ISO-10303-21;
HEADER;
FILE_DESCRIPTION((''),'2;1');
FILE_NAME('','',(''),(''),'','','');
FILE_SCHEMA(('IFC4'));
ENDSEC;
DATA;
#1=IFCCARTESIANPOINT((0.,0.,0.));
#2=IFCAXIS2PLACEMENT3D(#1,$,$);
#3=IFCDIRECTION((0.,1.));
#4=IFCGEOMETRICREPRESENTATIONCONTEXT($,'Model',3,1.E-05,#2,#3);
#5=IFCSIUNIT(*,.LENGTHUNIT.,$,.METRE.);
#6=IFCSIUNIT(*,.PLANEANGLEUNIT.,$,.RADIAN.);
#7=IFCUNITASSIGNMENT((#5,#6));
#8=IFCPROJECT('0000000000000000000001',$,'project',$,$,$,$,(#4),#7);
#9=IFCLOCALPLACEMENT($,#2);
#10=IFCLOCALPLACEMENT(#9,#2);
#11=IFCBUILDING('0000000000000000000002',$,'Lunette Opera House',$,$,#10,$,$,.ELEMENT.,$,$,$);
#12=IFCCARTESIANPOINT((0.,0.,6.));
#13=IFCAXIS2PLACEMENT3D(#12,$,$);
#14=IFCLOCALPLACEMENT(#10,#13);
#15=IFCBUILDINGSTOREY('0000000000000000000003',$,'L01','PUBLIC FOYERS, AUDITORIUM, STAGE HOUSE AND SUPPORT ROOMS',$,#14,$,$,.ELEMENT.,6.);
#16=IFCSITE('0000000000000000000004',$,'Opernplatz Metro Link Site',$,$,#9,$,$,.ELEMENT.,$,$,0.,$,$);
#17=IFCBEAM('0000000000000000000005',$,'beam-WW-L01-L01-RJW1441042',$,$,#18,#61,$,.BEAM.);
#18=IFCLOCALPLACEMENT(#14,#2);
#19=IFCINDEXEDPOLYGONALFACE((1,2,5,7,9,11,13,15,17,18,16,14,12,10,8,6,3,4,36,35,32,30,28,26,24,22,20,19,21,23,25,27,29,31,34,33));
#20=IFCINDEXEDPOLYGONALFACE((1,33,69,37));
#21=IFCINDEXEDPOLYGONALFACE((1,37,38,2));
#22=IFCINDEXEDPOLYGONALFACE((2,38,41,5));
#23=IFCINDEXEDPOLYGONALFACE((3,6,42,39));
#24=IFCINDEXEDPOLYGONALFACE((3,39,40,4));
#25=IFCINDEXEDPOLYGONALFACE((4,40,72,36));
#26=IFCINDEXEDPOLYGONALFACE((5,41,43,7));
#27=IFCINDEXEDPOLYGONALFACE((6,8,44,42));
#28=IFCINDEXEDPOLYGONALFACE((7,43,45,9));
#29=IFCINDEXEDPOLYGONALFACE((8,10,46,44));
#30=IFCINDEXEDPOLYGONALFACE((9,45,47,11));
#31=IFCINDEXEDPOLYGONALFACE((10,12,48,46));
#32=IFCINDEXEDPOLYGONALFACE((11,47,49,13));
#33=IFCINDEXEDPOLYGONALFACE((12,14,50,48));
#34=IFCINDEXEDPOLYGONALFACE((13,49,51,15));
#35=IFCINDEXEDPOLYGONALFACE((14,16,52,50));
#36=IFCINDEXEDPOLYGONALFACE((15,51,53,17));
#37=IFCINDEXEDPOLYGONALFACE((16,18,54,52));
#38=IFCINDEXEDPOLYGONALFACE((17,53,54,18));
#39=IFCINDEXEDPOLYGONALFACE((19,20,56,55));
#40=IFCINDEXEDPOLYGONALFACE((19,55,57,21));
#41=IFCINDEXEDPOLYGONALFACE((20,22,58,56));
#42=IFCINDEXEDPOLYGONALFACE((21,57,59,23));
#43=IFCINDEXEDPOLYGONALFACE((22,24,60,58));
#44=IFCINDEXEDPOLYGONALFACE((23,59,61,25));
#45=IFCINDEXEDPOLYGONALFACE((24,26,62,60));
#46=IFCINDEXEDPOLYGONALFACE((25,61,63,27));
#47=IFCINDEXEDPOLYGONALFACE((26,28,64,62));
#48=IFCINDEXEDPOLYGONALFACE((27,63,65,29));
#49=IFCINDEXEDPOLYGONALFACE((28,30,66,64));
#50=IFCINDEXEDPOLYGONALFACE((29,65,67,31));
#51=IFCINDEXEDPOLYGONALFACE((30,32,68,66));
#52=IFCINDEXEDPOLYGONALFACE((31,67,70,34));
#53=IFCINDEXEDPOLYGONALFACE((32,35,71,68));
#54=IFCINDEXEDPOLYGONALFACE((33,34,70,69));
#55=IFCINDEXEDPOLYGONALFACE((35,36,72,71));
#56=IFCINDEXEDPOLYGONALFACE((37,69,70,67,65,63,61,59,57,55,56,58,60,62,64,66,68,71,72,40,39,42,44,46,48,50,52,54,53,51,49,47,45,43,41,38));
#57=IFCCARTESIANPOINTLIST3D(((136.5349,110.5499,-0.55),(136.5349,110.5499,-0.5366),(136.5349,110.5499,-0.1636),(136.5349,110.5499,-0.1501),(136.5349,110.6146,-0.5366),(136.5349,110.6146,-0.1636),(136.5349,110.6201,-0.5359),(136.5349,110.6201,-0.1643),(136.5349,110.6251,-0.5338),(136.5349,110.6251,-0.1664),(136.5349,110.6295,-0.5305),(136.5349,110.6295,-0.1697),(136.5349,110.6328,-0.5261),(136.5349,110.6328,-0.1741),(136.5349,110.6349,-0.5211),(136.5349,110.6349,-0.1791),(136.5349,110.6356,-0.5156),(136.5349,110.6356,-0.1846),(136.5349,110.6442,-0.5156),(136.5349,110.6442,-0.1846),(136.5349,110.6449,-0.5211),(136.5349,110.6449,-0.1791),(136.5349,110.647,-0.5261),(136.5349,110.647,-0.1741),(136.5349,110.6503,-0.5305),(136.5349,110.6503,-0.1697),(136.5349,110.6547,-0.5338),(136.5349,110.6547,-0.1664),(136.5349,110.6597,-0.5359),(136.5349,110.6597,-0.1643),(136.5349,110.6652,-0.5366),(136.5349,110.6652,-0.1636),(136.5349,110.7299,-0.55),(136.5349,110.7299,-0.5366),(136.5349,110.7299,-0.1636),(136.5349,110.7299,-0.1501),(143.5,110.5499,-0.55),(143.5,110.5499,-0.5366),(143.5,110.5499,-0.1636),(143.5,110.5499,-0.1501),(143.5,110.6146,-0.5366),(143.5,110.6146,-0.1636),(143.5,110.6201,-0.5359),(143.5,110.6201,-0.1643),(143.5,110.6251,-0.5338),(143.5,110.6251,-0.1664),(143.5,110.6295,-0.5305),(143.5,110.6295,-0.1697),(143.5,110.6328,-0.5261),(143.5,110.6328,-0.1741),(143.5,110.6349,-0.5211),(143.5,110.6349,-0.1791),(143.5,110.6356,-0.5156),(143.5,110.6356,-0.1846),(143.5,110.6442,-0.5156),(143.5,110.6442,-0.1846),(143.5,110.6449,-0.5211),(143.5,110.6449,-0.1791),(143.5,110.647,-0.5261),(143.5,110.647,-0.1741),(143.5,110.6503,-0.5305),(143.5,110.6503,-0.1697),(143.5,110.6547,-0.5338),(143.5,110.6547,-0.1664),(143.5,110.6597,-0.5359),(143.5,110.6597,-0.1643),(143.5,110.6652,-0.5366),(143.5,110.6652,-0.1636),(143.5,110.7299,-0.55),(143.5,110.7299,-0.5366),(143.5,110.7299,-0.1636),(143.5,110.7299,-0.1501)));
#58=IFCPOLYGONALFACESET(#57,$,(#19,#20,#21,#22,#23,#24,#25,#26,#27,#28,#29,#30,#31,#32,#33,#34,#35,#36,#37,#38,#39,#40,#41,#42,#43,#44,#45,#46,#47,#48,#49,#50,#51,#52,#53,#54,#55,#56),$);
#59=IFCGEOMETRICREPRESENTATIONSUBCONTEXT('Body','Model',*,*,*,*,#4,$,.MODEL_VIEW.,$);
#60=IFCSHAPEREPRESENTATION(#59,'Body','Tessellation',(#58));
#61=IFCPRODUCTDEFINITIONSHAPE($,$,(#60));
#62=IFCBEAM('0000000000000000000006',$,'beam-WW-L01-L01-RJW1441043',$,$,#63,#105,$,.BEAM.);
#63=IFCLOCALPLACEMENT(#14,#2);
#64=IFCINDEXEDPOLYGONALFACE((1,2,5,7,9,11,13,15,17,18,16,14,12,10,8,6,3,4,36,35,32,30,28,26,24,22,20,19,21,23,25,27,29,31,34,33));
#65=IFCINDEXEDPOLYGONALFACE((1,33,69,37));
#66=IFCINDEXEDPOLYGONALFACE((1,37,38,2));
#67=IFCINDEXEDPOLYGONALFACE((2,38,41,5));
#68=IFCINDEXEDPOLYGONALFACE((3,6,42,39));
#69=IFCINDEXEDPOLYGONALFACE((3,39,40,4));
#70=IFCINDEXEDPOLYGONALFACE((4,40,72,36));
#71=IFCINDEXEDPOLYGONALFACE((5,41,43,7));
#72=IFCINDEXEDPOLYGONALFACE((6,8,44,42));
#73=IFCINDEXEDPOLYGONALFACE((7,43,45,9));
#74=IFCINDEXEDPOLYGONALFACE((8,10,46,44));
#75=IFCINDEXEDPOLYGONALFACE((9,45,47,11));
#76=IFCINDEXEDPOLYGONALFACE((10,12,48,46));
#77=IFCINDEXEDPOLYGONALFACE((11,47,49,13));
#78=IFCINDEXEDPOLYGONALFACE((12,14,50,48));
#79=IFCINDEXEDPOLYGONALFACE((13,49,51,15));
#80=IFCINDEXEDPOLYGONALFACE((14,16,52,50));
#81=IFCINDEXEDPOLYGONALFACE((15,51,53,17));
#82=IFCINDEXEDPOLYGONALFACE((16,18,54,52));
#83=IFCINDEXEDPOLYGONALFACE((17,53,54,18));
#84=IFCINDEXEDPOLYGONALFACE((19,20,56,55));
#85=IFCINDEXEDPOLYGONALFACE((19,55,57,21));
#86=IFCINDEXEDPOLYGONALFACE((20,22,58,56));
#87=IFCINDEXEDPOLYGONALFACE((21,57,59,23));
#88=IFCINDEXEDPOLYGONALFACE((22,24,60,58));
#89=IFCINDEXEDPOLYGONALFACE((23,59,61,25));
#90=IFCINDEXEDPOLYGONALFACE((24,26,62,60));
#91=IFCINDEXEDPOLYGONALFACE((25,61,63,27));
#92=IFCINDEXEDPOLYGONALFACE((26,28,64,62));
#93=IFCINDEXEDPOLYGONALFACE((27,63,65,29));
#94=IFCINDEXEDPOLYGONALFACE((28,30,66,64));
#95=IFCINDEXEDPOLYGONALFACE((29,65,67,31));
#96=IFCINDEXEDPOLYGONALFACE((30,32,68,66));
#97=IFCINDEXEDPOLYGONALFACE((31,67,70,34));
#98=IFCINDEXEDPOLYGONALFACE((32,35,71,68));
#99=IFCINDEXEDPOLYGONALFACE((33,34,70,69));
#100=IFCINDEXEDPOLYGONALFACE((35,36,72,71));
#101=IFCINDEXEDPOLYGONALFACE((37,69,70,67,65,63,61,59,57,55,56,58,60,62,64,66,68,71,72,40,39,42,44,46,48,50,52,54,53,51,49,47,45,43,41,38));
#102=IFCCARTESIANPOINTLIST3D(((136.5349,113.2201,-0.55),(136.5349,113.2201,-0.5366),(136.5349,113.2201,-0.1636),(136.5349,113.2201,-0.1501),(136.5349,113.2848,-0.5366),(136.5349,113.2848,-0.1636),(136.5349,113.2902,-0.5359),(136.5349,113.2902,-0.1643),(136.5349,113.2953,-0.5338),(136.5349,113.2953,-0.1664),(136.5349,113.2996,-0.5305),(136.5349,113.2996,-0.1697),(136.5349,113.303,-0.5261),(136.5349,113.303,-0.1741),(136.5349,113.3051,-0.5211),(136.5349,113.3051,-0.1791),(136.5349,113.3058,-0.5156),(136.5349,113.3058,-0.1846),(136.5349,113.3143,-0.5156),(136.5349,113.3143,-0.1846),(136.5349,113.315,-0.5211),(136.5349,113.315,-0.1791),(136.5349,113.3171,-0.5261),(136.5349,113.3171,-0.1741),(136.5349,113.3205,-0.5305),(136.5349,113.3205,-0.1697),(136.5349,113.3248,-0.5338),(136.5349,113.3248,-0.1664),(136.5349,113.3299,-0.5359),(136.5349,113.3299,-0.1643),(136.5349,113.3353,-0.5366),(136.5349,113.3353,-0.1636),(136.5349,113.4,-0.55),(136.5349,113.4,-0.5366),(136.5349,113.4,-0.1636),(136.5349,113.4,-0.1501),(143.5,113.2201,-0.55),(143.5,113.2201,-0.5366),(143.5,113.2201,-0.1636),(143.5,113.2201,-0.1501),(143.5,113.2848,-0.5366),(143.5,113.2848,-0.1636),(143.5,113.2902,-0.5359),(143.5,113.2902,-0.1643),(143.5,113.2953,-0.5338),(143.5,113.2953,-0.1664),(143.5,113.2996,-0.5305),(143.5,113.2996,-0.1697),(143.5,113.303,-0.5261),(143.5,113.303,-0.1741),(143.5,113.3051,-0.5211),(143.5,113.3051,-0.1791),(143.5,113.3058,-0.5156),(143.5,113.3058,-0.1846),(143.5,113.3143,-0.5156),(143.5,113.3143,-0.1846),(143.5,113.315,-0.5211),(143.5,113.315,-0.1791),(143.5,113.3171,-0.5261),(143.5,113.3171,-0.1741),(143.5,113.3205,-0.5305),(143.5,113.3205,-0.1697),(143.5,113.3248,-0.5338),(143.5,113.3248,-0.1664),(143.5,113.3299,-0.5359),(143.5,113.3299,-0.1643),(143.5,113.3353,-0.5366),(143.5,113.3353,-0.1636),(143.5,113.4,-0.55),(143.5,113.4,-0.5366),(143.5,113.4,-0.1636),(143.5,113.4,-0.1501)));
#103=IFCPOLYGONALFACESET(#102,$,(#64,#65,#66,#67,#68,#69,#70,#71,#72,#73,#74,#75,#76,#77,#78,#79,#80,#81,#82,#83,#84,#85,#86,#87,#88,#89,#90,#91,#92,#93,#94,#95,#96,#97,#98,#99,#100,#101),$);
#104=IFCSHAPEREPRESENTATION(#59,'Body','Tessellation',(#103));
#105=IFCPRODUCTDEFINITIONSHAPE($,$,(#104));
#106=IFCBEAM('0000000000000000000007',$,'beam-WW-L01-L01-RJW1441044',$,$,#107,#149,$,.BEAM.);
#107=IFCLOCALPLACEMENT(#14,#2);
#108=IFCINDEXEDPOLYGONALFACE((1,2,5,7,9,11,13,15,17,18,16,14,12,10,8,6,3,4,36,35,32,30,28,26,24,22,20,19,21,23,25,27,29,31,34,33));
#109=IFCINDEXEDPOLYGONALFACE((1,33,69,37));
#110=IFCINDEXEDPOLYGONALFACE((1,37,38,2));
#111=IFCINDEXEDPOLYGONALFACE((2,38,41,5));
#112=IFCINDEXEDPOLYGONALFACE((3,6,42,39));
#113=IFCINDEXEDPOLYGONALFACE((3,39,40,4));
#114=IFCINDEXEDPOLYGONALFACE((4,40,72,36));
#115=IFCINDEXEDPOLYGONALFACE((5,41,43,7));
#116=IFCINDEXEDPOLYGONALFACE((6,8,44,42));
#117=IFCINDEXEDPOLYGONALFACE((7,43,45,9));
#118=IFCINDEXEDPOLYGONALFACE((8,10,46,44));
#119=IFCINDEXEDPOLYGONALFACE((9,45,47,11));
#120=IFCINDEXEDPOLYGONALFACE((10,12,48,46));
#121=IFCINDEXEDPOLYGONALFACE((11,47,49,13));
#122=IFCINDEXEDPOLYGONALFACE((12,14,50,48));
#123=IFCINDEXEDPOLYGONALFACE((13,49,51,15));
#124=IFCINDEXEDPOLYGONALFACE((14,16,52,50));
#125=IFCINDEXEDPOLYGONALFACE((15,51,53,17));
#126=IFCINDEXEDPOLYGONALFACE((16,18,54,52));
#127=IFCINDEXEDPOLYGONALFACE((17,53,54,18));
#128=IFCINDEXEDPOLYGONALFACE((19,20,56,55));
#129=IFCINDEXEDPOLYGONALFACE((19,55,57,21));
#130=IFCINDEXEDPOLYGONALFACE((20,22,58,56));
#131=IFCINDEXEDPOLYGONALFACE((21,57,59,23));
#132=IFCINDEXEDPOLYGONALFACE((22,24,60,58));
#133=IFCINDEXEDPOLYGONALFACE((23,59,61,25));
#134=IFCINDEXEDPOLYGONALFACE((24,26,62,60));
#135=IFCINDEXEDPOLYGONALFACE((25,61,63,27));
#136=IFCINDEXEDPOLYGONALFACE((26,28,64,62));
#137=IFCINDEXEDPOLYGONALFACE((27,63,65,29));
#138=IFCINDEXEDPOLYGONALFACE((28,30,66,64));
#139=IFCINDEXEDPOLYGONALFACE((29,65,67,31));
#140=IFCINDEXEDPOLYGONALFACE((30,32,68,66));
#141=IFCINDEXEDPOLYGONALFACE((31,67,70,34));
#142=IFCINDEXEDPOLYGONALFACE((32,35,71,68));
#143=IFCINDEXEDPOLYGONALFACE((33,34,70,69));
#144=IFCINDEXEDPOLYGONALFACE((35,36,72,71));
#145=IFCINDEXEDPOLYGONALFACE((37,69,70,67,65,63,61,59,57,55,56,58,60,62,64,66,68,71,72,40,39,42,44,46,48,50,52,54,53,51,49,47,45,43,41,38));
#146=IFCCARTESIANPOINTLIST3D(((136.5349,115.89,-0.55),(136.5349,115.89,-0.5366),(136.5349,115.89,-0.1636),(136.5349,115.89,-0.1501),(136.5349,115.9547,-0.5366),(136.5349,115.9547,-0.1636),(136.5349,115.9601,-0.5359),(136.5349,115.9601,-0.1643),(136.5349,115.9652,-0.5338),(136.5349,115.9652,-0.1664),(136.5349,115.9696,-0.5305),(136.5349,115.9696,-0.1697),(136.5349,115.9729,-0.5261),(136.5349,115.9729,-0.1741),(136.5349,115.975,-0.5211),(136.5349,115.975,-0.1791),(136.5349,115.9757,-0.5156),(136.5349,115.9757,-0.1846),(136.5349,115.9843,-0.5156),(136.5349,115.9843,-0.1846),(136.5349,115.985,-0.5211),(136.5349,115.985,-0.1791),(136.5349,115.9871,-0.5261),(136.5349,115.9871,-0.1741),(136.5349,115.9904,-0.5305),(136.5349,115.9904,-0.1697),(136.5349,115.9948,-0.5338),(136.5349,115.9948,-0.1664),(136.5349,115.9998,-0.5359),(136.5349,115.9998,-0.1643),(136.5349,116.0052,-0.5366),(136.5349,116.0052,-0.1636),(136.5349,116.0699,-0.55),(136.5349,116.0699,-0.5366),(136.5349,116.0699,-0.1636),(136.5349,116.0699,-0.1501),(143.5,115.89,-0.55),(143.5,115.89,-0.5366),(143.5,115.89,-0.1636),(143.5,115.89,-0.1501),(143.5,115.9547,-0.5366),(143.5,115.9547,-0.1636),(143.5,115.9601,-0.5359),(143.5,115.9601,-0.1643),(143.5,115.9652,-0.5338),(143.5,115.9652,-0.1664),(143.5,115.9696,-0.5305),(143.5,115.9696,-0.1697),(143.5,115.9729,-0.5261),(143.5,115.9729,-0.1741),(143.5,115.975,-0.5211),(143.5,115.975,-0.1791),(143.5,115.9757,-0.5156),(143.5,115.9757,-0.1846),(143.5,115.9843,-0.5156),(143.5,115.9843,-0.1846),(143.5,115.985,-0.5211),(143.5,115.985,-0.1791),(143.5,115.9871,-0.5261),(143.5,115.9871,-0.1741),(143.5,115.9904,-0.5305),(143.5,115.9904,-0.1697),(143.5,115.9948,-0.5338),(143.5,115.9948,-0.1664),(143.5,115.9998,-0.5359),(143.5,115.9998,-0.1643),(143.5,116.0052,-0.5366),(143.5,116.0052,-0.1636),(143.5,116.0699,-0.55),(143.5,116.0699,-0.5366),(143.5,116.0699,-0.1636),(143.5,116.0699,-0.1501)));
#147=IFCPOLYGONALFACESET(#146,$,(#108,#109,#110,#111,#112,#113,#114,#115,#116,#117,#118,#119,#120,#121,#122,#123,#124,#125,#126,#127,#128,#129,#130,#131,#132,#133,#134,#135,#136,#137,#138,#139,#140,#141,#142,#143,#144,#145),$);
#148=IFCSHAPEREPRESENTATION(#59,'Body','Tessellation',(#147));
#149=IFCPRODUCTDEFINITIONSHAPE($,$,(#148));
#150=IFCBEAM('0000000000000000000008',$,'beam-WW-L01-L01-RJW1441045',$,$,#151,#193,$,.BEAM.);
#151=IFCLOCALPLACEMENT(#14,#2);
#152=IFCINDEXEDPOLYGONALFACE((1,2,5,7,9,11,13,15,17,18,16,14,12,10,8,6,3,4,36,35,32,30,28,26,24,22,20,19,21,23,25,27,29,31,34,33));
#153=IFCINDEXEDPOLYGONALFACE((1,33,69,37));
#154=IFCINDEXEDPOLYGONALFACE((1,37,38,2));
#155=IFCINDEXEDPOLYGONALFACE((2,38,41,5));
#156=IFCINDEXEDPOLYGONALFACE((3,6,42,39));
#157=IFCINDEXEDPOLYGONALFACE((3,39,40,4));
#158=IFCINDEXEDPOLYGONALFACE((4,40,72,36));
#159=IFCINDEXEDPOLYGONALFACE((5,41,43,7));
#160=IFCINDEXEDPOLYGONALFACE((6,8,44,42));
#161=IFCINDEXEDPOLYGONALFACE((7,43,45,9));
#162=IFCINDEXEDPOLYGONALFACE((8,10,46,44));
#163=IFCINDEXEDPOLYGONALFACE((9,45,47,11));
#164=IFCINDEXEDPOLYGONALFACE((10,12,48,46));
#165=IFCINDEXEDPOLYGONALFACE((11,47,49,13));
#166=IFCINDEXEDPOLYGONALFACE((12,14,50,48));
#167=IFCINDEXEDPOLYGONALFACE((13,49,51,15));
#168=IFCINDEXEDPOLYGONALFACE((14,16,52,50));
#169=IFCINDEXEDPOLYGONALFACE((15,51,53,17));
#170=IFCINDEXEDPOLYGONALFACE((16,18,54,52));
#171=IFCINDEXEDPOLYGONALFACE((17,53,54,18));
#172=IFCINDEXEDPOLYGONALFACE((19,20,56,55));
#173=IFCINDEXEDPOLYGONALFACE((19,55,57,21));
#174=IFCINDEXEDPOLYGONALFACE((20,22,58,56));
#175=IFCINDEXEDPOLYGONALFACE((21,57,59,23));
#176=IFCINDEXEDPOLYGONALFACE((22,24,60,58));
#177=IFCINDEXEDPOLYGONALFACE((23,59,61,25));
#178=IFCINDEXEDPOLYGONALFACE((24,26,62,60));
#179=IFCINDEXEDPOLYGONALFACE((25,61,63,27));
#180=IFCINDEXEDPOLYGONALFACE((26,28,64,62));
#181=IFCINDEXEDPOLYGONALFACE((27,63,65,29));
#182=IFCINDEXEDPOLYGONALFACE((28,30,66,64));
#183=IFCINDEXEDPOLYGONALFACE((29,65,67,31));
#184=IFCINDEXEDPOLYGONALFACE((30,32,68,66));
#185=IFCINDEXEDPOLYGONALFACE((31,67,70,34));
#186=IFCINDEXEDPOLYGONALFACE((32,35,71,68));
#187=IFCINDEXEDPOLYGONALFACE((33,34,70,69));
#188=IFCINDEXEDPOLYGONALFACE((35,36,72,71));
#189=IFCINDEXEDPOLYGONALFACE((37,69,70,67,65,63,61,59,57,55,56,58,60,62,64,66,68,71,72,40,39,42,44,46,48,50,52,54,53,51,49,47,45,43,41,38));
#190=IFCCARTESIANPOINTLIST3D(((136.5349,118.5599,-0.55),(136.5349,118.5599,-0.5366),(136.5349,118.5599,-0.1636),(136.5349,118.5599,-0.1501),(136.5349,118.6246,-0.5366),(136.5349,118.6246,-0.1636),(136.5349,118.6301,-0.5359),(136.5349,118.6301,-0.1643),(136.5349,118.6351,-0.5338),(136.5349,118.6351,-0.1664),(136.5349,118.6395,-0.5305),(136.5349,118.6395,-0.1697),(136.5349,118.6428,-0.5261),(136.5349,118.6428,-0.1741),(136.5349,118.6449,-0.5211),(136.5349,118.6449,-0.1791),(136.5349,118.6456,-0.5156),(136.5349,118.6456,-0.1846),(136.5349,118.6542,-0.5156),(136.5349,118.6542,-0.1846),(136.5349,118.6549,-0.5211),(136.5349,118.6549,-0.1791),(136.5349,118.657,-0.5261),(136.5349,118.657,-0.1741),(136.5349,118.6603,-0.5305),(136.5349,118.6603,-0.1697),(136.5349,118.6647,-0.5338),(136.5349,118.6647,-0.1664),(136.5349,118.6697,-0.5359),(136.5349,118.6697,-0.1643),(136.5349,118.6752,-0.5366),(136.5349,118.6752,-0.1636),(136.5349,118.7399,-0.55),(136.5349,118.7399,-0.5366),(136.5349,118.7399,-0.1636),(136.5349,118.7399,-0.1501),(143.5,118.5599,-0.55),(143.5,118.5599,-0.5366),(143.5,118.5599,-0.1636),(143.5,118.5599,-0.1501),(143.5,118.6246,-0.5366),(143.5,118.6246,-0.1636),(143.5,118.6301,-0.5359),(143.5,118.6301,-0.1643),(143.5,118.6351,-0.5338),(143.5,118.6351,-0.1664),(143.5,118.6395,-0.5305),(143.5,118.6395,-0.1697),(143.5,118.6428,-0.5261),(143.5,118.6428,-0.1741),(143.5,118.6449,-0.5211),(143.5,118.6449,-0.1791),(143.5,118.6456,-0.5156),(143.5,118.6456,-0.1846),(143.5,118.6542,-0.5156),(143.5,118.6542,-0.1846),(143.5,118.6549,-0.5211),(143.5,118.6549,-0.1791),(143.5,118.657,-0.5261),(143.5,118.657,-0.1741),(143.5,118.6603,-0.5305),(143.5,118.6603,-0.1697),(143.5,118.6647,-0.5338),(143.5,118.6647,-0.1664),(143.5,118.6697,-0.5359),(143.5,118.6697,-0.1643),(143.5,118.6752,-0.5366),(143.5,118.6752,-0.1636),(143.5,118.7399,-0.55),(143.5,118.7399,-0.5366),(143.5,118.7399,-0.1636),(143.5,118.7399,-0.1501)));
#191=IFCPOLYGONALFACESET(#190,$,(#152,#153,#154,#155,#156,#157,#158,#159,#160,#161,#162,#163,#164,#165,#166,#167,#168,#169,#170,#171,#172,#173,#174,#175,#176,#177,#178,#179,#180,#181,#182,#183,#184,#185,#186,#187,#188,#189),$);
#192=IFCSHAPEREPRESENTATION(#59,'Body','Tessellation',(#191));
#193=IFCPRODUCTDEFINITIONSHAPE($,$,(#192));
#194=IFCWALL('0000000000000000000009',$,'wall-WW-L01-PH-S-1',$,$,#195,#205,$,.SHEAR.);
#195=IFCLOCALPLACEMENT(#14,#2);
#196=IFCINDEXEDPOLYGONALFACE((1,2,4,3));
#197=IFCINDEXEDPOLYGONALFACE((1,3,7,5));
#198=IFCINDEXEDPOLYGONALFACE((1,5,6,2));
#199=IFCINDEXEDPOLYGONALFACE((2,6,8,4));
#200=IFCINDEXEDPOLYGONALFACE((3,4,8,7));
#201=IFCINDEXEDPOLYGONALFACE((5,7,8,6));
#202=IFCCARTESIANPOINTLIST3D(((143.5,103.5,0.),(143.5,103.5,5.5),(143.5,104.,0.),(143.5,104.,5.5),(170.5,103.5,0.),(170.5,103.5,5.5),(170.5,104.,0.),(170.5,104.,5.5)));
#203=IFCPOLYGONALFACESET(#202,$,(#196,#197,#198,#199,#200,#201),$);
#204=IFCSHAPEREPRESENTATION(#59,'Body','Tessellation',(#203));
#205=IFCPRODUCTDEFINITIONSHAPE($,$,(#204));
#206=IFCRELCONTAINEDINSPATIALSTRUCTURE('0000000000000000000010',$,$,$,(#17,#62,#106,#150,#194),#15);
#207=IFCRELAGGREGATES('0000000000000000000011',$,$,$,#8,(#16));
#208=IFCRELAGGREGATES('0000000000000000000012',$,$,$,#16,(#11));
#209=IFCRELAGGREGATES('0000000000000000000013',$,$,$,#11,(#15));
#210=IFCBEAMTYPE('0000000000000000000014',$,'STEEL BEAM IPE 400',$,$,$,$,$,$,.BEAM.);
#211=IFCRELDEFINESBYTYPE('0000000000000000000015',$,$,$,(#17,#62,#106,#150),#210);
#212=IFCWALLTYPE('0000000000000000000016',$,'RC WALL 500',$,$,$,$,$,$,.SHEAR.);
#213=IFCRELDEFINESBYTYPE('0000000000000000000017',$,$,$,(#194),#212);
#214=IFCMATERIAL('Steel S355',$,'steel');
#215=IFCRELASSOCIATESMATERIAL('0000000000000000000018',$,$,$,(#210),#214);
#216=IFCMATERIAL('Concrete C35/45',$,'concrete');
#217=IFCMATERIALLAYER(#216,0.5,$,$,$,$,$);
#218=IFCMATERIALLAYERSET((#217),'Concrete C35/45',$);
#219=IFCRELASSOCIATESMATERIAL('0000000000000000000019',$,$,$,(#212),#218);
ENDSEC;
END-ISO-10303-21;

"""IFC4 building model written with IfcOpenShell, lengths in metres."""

from ifc_helpers import new_model, si_unit, direction, frame, frame_2d, origin, origin_2d, place, context, subcontext, project, spatial, rectangle, i_section, extrude, material, layer, layer_set, material_profile, profile_set, type_object, element, save


model = new_model("IFC4")

# Units and contexts
model_context = context("Model", 3, precision=1e-05, world=origin(), true_north=direction((0.0, 1.0)))
body_context = subcontext(model_context, "Body", "Model", "MODEL_VIEW")
ifc_project = project(units=[si_unit("LENGTHUNIT", "METRE"), si_unit("PLANEANGLEUNIT", "RADIAN")], contexts=[model_context])

# Site, building, storey
site_placement = place(None, origin())
site = spatial("IfcSite", under=ifc_project, at=site_placement, Name="Opernplatz Metro Link Site", CompositionType="ELEMENT", RefElevation=0.0)
building_placement = place(site_placement, origin())
building = spatial("IfcBuilding", under=site, at=building_placement, Name="Lunette Opera House", CompositionType="ELEMENT")
storey_placement = place(building_placement, frame((0.0, 0.0, 6.0)))
storey = spatial("IfcBuildingStorey", under=building, at=storey_placement, Name="L01", Description="PUBLIC FOYERS, AUDITORIUM, STAGE HOUSE AND SUPPORT ROOMS", CompositionType="ELEMENT", Elevation=6.0)

# Beams
ifc_material_1 = material(Name="Steel S355", Category="steel")
ifc_material_profile_1 = material_profile(ifc_material_1, i_section(OverallWidth=0.1799, OverallDepth=0.3999, WebThickness=0.0085, FlangeThickness=0.0134, FilletRadius=0.021, at=origin_2d()), Name="IPE 400")
ifc_profile_set_1 = profile_set([ifc_material_profile_1], Name="Steel S355")
beam_type_1 = type_object("IfcBeamType", Name="STEEL BEAM IPE 400", PredefinedType="BEAM", material=ifc_profile_set_1)
for number, where, z_axis, x_axis, name in (
    (1, (143.5, 110.6399, -0.3501), (-1.0, 0.0, 0.0), (0.0, -1.0, 0.0), "beam-WW-L01-L01-RJW1441042"),
    (2, (143.5, 113.3101, -0.3501), (-1.0, 0.0, 0.0), (0.0, -1.0, 0.0), "beam-WW-L01-L01-RJW1441043"),
    (3, (143.5, 115.98, -0.3501), (-1.0, 0.0, 0.0), (0.0, -1.0, 0.0), "beam-WW-L01-L01-RJW1441044"),
    (4, (143.5, 118.6499, -0.3501), (-1.0, 0.0, 0.0), (0.0, -1.0, 0.0), "beam-WW-L01-L01-RJW1441045"),
):
    element("IfcBeam", number, at=place(storey_placement, frame(where, z_axis=z_axis, x_axis=x_axis)), inside=storey, type_object=beam_type_1, Name=name, PredefinedType="BEAM", context=body_context, shape_type="SweptSolid", body=[
        extrude(i_section(OverallWidth=0.1799, OverallDepth=0.3999, WebThickness=0.0085, FlangeThickness=0.0134, FilletRadius=0.021, at=origin_2d()), origin(), (0.0, 0.0, 1.0), 6.9651),
    ])

# Wall
ifc_material_2 = material(Name="Concrete C35/45", Category="concrete")
ifc_layer_1 = layer(ifc_material_2, 0.5)
ifc_layer_set_1 = layer_set([ifc_layer_1], Name="Concrete C35/45")
wall_type_1 = type_object("IfcWallType", Name="RC WALL 500", PredefinedType="SHEAR", material=ifc_layer_set_1)
wall_1_placement = place(storey_placement, frame((143.5, 103.75, 0.0), z_axis=(0.0, 0.0, 1.0), x_axis=(1.0, 0.0, 0.0)))
element("IfcWall", 5, at=wall_1_placement, inside=storey, type_object=wall_type_1, Name="wall-WW-L01-PH-S-1", PredefinedType="SHEAR", context=body_context, shape_type="SweptSolid", body=[
    extrude(rectangle(XDim=27.0, YDim=0.5, at=frame_2d((13.5, 0.0))), origin(), (0.0, 0.0, 1.0), 5.5),
])

save(model, "model.ifc")
